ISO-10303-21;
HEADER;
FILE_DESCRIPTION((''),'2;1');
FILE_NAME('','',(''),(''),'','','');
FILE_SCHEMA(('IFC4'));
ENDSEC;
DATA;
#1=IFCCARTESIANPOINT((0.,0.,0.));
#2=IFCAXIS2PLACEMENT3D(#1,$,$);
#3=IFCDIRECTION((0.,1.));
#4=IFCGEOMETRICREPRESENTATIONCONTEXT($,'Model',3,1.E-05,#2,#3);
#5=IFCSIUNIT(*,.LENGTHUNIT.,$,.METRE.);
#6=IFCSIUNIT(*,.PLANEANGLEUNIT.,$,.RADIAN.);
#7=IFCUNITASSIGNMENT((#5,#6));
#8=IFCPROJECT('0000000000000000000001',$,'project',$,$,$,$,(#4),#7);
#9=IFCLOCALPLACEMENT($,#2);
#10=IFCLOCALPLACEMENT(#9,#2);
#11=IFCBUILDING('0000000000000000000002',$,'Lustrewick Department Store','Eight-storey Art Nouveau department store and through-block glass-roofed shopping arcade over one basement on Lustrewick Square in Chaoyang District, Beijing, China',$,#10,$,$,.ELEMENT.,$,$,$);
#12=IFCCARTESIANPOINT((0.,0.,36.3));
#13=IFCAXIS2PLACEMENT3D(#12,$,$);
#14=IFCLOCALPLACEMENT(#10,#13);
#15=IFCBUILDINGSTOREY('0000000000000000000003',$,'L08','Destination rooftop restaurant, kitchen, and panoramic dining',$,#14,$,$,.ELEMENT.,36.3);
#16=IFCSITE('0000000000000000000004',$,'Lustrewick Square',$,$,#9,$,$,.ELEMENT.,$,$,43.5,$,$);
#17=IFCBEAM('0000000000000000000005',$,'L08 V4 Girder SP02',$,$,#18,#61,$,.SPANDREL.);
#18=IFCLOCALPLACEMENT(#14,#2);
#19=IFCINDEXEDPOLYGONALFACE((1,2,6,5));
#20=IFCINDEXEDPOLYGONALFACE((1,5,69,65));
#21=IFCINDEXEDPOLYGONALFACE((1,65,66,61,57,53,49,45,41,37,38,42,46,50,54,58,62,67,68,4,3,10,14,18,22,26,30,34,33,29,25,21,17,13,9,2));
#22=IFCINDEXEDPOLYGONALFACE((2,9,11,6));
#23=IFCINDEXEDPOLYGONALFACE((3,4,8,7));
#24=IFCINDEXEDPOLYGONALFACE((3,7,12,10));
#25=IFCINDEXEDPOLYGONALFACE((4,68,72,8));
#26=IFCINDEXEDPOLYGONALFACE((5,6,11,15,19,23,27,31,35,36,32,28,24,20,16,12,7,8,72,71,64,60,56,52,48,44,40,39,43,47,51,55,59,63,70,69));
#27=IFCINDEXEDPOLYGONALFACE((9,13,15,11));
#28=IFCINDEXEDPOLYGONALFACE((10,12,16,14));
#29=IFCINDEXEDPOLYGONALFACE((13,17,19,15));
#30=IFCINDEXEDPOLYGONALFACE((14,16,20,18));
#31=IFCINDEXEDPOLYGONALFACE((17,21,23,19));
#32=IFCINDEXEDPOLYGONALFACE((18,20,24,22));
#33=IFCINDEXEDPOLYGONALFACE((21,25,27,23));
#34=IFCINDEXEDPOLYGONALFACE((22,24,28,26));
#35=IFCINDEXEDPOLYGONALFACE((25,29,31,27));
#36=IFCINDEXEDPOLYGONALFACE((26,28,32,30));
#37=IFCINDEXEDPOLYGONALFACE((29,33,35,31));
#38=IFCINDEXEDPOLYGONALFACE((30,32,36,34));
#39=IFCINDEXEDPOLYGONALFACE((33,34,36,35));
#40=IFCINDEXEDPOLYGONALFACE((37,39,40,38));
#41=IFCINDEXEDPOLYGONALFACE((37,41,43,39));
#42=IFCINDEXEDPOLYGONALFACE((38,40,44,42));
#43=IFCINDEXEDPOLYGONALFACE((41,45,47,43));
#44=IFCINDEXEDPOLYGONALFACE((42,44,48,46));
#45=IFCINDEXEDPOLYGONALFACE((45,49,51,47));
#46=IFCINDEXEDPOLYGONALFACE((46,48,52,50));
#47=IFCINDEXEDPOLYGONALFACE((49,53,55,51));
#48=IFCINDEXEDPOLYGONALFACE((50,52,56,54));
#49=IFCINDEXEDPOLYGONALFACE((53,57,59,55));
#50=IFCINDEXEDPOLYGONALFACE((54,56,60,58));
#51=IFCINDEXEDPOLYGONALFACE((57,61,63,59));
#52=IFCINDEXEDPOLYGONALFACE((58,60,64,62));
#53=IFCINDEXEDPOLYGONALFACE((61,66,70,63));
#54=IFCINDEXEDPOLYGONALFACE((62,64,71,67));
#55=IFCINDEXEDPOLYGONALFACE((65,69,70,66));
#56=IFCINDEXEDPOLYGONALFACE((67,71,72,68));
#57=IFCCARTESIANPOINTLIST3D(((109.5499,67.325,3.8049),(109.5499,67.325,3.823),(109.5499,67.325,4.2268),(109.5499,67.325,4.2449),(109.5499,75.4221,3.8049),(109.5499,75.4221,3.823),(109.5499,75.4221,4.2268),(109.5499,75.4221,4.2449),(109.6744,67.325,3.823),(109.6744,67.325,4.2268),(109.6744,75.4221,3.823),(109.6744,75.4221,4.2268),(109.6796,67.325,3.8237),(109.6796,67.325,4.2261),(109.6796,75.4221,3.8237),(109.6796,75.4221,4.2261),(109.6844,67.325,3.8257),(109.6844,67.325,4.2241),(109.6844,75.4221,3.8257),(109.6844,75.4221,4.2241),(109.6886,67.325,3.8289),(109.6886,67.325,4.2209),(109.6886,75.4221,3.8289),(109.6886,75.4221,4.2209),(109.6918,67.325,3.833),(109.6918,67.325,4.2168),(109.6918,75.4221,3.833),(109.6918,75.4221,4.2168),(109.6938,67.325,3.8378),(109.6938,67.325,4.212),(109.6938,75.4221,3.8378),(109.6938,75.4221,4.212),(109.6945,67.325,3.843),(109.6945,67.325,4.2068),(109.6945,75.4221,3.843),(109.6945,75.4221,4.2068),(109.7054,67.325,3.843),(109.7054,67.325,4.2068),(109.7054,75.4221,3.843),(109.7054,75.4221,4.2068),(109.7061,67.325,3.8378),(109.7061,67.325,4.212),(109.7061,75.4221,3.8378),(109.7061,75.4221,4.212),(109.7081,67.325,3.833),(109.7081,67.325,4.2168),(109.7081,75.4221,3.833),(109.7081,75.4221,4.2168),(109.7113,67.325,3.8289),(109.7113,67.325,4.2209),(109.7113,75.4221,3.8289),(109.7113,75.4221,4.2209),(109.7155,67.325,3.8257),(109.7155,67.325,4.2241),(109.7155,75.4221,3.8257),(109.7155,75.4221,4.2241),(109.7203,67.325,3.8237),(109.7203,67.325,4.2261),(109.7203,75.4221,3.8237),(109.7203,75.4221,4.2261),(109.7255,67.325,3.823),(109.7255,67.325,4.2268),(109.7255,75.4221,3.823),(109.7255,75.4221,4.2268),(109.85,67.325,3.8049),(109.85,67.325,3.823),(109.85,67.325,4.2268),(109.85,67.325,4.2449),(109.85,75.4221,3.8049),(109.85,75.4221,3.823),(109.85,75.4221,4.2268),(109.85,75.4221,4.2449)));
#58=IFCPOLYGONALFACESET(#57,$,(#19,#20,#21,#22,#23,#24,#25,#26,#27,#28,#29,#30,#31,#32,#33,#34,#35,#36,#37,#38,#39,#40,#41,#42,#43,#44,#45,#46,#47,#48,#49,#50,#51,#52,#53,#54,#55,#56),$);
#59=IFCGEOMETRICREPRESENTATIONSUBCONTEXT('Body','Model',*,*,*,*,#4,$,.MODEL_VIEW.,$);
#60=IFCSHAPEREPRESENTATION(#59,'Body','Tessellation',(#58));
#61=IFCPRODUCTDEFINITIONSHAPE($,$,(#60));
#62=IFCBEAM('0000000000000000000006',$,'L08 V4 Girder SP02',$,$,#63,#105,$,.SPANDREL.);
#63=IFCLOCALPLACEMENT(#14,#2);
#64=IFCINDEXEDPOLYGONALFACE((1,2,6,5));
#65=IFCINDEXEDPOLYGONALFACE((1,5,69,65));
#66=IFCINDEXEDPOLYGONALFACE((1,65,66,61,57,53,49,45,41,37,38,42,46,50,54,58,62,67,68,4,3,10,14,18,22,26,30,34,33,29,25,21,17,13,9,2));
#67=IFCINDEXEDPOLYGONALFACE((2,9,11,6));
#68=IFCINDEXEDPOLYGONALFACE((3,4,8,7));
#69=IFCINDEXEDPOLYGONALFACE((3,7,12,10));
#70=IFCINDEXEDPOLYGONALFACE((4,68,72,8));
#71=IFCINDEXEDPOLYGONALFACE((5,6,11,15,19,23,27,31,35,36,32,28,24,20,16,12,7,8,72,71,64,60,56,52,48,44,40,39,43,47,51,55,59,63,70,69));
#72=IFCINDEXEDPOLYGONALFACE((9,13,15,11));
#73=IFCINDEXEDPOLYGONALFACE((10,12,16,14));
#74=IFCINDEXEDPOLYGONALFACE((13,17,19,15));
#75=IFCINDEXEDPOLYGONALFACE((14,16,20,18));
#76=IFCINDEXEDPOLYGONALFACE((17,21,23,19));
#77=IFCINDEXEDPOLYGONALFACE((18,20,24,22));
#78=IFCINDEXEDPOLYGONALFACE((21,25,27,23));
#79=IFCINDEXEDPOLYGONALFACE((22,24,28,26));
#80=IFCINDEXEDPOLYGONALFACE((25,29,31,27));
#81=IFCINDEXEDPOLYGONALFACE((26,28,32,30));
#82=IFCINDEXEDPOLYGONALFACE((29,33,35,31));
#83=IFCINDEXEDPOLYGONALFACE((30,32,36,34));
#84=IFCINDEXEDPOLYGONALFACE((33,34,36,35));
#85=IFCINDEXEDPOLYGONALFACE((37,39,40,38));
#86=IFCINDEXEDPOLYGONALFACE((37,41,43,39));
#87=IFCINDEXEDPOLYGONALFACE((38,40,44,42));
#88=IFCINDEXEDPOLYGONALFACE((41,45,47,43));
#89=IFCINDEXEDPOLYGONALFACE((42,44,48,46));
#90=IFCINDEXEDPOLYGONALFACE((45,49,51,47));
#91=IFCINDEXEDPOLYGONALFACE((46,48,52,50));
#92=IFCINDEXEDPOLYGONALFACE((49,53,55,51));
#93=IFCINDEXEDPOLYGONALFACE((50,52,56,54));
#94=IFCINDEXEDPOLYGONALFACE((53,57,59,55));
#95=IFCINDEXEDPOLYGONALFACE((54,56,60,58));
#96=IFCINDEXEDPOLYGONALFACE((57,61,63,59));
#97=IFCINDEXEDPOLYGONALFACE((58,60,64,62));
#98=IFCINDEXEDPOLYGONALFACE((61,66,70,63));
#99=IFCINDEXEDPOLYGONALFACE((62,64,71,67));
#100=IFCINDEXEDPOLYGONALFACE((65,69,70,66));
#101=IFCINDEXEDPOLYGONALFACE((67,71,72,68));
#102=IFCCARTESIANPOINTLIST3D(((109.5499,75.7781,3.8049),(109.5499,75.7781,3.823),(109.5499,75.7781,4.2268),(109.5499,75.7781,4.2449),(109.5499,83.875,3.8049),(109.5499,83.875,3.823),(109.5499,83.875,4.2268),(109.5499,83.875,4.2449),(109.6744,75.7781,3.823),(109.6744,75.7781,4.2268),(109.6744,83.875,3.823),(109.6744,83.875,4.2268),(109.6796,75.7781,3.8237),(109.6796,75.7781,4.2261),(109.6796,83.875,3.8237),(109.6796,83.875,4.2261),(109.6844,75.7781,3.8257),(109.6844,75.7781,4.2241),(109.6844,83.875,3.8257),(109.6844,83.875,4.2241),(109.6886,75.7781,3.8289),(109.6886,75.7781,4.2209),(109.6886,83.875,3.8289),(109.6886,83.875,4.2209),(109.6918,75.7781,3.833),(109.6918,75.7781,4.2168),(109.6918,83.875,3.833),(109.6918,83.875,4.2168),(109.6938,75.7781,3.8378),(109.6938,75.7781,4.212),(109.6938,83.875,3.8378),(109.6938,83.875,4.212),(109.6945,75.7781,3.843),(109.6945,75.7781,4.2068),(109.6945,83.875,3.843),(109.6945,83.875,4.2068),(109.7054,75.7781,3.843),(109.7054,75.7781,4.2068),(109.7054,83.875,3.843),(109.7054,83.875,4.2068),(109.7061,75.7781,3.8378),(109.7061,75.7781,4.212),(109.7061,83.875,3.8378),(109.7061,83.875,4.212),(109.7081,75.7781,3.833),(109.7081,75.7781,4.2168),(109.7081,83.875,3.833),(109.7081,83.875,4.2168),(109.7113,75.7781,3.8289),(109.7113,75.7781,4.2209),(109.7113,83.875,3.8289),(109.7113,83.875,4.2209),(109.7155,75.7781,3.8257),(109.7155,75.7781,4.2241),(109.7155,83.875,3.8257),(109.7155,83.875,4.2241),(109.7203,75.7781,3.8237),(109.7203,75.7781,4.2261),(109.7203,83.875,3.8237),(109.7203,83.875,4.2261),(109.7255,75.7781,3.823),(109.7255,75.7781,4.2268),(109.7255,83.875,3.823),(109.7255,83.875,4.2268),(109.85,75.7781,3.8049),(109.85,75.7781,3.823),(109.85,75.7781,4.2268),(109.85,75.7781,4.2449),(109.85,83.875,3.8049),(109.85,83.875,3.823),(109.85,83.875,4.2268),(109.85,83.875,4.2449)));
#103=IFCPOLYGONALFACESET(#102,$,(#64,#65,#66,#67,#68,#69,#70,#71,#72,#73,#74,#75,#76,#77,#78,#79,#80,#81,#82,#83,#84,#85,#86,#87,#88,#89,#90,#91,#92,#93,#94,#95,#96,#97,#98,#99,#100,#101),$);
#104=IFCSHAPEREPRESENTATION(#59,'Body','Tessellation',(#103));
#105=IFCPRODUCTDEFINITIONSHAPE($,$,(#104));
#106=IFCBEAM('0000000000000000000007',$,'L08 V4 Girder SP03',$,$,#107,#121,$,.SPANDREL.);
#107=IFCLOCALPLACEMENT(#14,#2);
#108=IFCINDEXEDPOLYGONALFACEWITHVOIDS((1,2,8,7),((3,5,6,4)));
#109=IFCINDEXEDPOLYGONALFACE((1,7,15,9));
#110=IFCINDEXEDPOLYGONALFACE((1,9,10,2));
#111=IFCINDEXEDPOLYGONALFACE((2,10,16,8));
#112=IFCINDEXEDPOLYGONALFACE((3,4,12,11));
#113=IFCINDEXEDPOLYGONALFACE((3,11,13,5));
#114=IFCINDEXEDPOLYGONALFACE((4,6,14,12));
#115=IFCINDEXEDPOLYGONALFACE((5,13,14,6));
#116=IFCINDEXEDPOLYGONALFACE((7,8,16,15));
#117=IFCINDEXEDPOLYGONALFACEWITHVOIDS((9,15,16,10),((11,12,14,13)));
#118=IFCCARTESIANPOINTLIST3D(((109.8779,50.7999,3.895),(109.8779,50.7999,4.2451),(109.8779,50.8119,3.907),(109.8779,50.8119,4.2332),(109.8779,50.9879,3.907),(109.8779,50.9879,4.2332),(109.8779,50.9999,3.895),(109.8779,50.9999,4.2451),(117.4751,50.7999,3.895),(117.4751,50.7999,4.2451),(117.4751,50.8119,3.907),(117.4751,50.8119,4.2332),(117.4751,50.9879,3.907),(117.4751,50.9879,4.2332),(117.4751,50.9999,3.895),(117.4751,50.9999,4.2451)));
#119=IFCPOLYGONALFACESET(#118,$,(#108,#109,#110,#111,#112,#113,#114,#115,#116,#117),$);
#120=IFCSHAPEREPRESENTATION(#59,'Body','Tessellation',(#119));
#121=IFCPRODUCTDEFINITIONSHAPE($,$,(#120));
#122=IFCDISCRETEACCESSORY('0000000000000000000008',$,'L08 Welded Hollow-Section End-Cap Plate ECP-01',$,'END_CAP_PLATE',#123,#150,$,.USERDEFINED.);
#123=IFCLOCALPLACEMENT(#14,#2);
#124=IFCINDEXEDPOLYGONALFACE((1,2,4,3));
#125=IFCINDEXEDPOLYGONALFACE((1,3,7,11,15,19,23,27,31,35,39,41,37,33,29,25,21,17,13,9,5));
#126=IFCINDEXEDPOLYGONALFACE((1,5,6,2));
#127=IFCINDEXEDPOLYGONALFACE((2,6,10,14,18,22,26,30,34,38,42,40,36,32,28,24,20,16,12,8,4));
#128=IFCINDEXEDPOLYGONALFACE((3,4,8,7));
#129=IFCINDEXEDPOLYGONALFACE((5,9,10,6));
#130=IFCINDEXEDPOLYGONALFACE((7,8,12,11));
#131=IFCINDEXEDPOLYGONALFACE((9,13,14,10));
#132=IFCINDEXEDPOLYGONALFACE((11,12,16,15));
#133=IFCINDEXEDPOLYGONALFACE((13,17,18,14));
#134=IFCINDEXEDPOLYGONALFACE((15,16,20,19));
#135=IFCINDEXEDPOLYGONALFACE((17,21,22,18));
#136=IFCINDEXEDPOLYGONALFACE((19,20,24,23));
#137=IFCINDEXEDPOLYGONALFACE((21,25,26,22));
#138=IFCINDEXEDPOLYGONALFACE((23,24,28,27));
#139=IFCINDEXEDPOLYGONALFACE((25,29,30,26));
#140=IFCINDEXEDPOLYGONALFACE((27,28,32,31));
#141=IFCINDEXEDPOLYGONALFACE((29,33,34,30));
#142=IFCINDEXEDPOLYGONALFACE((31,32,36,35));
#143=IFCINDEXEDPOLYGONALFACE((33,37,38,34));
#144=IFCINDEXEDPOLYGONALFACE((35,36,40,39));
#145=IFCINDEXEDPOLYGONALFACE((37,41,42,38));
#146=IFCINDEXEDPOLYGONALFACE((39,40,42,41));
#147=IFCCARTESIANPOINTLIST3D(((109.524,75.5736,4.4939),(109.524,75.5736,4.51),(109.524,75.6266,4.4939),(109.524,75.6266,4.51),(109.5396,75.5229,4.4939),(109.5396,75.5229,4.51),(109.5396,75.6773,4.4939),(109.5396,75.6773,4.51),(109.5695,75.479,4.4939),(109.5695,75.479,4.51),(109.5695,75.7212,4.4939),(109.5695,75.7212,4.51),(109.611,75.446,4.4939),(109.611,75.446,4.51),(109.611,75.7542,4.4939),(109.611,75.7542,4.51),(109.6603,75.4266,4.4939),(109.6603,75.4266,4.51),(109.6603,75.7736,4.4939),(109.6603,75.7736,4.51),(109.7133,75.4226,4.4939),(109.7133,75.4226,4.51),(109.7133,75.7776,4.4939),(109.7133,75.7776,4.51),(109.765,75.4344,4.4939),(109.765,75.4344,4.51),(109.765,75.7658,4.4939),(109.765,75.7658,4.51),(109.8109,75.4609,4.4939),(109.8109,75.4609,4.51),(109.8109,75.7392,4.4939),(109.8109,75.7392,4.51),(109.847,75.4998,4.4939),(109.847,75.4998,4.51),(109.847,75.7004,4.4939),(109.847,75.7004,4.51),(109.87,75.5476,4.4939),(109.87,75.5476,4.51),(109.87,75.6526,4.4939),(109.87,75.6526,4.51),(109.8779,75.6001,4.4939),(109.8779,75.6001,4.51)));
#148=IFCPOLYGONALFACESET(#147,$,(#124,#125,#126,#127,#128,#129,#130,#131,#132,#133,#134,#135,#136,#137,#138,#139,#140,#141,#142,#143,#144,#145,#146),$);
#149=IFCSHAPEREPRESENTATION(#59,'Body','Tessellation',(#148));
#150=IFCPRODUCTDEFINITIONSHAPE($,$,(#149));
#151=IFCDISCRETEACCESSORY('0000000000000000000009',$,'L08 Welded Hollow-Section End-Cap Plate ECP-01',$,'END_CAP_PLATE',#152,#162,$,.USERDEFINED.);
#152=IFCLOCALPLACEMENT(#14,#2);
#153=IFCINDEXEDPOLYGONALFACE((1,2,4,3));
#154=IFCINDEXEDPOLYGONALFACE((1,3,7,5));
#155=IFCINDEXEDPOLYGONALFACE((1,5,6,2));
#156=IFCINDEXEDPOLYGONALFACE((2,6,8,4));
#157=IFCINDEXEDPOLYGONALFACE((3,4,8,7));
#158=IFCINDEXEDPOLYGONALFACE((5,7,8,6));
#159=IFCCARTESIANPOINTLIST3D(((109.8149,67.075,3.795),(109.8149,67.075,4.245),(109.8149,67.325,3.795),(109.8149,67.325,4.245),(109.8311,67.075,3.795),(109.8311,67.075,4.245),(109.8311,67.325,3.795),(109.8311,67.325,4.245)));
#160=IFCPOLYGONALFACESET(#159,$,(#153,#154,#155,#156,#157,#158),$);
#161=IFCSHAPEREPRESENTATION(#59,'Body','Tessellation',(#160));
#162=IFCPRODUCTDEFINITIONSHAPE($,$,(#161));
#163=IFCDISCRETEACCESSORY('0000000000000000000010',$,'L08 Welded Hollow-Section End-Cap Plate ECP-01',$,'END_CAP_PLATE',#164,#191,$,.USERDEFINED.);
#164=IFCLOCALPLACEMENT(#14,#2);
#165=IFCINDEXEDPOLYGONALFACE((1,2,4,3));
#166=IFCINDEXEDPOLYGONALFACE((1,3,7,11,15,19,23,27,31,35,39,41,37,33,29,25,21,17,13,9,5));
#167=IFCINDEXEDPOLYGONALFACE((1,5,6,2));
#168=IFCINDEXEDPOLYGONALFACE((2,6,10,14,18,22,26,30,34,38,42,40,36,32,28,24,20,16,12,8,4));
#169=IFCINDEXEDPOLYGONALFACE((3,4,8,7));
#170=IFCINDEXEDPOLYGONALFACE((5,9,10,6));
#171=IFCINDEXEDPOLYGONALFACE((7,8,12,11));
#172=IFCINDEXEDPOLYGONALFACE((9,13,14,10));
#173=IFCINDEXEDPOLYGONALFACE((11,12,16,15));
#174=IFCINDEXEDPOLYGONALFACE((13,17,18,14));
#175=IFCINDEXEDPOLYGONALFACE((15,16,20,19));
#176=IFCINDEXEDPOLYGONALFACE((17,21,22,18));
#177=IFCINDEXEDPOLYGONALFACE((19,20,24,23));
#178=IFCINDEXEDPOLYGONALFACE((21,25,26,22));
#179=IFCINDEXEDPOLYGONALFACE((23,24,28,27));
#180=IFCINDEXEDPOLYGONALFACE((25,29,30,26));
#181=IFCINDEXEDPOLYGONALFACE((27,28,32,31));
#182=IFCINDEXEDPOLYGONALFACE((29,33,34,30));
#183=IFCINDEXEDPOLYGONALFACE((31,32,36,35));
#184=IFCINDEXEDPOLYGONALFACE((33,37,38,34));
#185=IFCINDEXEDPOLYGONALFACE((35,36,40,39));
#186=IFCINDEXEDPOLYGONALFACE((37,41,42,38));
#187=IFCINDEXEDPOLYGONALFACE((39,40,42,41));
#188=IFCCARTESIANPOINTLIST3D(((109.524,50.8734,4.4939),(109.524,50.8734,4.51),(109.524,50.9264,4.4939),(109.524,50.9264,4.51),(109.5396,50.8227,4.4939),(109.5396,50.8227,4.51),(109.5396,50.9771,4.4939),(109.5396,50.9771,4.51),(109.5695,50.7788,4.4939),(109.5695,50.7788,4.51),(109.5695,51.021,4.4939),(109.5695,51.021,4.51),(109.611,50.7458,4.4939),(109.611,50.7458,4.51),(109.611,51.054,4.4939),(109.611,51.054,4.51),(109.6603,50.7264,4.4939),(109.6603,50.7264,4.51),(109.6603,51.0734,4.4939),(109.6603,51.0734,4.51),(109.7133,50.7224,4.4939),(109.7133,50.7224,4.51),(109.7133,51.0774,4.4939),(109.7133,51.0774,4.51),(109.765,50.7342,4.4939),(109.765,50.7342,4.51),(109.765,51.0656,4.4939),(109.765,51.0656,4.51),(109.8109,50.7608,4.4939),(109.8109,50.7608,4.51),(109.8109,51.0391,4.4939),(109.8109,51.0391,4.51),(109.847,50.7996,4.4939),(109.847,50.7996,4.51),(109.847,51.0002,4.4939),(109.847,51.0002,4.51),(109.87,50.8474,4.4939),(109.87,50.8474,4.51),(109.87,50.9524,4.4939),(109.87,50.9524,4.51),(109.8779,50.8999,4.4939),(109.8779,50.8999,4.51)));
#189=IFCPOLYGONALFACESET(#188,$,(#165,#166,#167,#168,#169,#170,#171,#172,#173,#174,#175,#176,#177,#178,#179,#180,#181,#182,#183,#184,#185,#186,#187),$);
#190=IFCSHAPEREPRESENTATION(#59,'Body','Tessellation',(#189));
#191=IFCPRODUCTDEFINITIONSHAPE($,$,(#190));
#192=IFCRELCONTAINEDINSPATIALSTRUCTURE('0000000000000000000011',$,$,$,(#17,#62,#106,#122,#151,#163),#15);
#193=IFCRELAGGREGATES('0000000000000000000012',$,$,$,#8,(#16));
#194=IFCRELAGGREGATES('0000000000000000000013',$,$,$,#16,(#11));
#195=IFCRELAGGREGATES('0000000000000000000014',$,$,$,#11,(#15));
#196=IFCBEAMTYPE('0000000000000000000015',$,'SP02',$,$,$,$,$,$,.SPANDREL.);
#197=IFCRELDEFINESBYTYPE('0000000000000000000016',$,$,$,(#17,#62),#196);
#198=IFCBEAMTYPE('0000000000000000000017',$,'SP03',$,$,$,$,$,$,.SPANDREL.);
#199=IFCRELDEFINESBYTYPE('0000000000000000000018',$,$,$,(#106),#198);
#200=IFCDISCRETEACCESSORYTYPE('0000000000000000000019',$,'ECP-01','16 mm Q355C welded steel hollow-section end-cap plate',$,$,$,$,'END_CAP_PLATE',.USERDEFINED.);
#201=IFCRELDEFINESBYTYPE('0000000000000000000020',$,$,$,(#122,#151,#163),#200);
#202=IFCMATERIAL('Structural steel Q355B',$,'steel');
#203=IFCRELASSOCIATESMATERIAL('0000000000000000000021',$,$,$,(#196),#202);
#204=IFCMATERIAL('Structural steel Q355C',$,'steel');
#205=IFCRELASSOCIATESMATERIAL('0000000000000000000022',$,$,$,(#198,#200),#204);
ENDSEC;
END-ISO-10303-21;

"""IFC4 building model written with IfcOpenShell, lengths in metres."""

from ifc_helpers import new_model, si_unit, direction, frame, origin, origin_2d, place, context, subcontext, project, spatial, rectangle, hollow_rectangle, circle, i_section, extrude, material, material_profile, profile_set, type_object, element, save


model = new_model("IFC4")

# Units and contexts
model_context = context("Model", 3, precision=1e-05, world=origin(), true_north=direction((0.0, 1.0)))
body_context = subcontext(model_context, "Body", "Model", "MODEL_VIEW")
ifc_project = project(units=[si_unit("LENGTHUNIT", "METRE"), si_unit("PLANEANGLEUNIT", "RADIAN")], contexts=[model_context])

# Site, building, storey
site_placement = place(None, origin())
site = spatial("IfcSite", under=ifc_project, at=site_placement, Name="Lustrewick Square", CompositionType="ELEMENT", RefElevation=43.5)
building_placement = place(site_placement, origin())
building = spatial("IfcBuilding", under=site, at=building_placement, Name="Lustrewick Department Store", Description="Eight-storey Art Nouveau department store and through-block glass-roofed shopping arcade over one basement on Lustrewick Square in Chaoyang District, Beijing, China", CompositionType="ELEMENT")
storey_placement = place(building_placement, frame((0.0, 0.0, 36.3)))
storey = spatial("IfcBuildingStorey", under=building, at=storey_placement, Name="L08", Description="Destination rooftop restaurant, kitchen, and panoramic dining", CompositionType="ELEMENT", Elevation=36.3)

# Shared definitions
ifc_material_1 = material(Name="Structural steel Q355B", Category="steel")

# Beams
ifc_material_2 = material(Name="Structural steel Q355C", Category="steel")
ifc_material_profile_1 = material_profile(ifc_material_1, i_section(OverallWidth=0.3, OverallDepth=0.4399, WebThickness=0.011, FlangeThickness=0.0181, FilletRadius=0.02, at=origin_2d()), Name="HM 440x300x11x18")
ifc_profile_set_1 = profile_set([ifc_material_profile_1], Name="Structural steel Q355B")
beam_type_1 = type_object("IfcBeamType", Name="SP02", PredefinedType="SPANDREL", material=ifc_profile_set_1)
beam_1_placement = place(storey_placement, frame((109.7, 67.325, 4.0249), z_axis=(0.0, 1.0, 0.0), x_axis=(-1.0, 0.0, 0.0)))
element("IfcBeam", 1, at=beam_1_placement, inside=storey, type_object=beam_type_1, Name="L08 V4 Girder SP02", PredefinedType="SPANDREL", context=body_context, shape_type="SweptSolid", body=[
    extrude(i_section(OverallWidth=0.3, OverallDepth=0.4399, WebThickness=0.011, FlangeThickness=0.0181, FilletRadius=0.02, at=origin_2d()), origin(), (0.0, 0.0, 1.0), 8.0972),
])
beam_2_placement = place(storey_placement, frame((109.7, 75.7781, 4.0249), z_axis=(0.0, 1.0, 0.0), x_axis=(-1.0, 0.0, 0.0)))
element("IfcBeam", 2, at=beam_2_placement, inside=storey, type_object=beam_type_1, Name="L08 V4 Girder SP02", PredefinedType="SPANDREL", context=body_context, shape_type="SweptSolid", body=[
    extrude(i_section(OverallWidth=0.3, OverallDepth=0.4399, WebThickness=0.011, FlangeThickness=0.0181, FilletRadius=0.02, at=origin_2d()), origin(), (0.0, 0.0, 1.0), 8.0969),
])
ifc_material_profile_2 = material_profile(ifc_material_2, hollow_rectangle(XDim=0.2, YDim=0.3501, WallThickness=0.012, at=origin_2d()), Name="RHS 350x200x12")
ifc_profile_set_2 = profile_set([ifc_material_profile_2], Name="Structural steel Q355C")
beam_type_2 = type_object("IfcBeamType", Name="SP03", PredefinedType="SPANDREL", material=ifc_profile_set_2)
beam_3_placement = place(storey_placement, frame((109.8779, 50.8999, 4.0701), z_axis=(1.0, 0.0, 0.0), x_axis=(0.0, 1.0, 0.0)))
element("IfcBeam", 3, at=beam_3_placement, inside=storey, type_object=beam_type_2, Name="L08 V4 Girder SP03", PredefinedType="SPANDREL", context=body_context, shape_type="SweptSolid", body=[
    extrude(hollow_rectangle(XDim=0.2, YDim=0.3501, WallThickness=0.012, at=origin_2d()), origin(), (0.0, 0.0, 1.0), 7.5972),
])

# Discrete accessories
discrete_accessory_type = type_object("IfcDiscreteAccessoryType", Name="ECP-01", Description="16 mm Q355C welded steel hollow-section end-cap plate", ElementType="END_CAP_PLATE", PredefinedType="USERDEFINED", material=ifc_material_2)
discrete_accessory_1_placement = place(storey_placement, frame((109.7, 75.6001, 4.4939), z_axis=(0.0, 0.0, 1.0), x_axis=(1.0, 0.0, 0.0)))
element("IfcDiscreteAccessory", 4, at=discrete_accessory_1_placement, inside=storey, type_object=discrete_accessory_type, Name="L08 Welded Hollow-Section End-Cap Plate ECP-01", ObjectType="END_CAP_PLATE", PredefinedType="USERDEFINED", context=body_context, shape_type="SweptSolid", body=[
    extrude(circle(Radius=0.178, at=origin_2d()), origin(), (0.0, 0.0, 1.0), 0.0161),
])
discrete_accessory_2_placement = place(storey_placement, frame((109.8311, 67.2, 4.02), z_axis=(-1.0, 0.0, 0.0), x_axis=(0.0, 1.0, 0.0)))
element("IfcDiscreteAccessory", 5, at=discrete_accessory_2_placement, inside=storey, type_object=discrete_accessory_type, Name="L08 Welded Hollow-Section End-Cap Plate ECP-01", ObjectType="END_CAP_PLATE", PredefinedType="USERDEFINED", context=body_context, shape_type="SweptSolid", body=[
    extrude(rectangle(XDim=0.25, YDim=0.45, at=origin_2d()), origin(), (0.0, 0.0, 1.0), 0.0161),
])
discrete_accessory_3_placement = place(storey_placement, frame((109.7, 50.8999, 4.4939), z_axis=(0.0, 0.0, 1.0), x_axis=(1.0, 0.0, 0.0)))
element("IfcDiscreteAccessory", 6, at=discrete_accessory_3_placement, inside=storey, type_object=discrete_accessory_type, Name="L08 Welded Hollow-Section End-Cap Plate ECP-01", ObjectType="END_CAP_PLATE", PredefinedType="USERDEFINED", context=body_context, shape_type="SweptSolid", body=[
    extrude(circle(Radius=0.178, at=origin_2d()), origin(), (0.0, 0.0, 1.0), 0.0161),
])

save(model, "model.ifc")
